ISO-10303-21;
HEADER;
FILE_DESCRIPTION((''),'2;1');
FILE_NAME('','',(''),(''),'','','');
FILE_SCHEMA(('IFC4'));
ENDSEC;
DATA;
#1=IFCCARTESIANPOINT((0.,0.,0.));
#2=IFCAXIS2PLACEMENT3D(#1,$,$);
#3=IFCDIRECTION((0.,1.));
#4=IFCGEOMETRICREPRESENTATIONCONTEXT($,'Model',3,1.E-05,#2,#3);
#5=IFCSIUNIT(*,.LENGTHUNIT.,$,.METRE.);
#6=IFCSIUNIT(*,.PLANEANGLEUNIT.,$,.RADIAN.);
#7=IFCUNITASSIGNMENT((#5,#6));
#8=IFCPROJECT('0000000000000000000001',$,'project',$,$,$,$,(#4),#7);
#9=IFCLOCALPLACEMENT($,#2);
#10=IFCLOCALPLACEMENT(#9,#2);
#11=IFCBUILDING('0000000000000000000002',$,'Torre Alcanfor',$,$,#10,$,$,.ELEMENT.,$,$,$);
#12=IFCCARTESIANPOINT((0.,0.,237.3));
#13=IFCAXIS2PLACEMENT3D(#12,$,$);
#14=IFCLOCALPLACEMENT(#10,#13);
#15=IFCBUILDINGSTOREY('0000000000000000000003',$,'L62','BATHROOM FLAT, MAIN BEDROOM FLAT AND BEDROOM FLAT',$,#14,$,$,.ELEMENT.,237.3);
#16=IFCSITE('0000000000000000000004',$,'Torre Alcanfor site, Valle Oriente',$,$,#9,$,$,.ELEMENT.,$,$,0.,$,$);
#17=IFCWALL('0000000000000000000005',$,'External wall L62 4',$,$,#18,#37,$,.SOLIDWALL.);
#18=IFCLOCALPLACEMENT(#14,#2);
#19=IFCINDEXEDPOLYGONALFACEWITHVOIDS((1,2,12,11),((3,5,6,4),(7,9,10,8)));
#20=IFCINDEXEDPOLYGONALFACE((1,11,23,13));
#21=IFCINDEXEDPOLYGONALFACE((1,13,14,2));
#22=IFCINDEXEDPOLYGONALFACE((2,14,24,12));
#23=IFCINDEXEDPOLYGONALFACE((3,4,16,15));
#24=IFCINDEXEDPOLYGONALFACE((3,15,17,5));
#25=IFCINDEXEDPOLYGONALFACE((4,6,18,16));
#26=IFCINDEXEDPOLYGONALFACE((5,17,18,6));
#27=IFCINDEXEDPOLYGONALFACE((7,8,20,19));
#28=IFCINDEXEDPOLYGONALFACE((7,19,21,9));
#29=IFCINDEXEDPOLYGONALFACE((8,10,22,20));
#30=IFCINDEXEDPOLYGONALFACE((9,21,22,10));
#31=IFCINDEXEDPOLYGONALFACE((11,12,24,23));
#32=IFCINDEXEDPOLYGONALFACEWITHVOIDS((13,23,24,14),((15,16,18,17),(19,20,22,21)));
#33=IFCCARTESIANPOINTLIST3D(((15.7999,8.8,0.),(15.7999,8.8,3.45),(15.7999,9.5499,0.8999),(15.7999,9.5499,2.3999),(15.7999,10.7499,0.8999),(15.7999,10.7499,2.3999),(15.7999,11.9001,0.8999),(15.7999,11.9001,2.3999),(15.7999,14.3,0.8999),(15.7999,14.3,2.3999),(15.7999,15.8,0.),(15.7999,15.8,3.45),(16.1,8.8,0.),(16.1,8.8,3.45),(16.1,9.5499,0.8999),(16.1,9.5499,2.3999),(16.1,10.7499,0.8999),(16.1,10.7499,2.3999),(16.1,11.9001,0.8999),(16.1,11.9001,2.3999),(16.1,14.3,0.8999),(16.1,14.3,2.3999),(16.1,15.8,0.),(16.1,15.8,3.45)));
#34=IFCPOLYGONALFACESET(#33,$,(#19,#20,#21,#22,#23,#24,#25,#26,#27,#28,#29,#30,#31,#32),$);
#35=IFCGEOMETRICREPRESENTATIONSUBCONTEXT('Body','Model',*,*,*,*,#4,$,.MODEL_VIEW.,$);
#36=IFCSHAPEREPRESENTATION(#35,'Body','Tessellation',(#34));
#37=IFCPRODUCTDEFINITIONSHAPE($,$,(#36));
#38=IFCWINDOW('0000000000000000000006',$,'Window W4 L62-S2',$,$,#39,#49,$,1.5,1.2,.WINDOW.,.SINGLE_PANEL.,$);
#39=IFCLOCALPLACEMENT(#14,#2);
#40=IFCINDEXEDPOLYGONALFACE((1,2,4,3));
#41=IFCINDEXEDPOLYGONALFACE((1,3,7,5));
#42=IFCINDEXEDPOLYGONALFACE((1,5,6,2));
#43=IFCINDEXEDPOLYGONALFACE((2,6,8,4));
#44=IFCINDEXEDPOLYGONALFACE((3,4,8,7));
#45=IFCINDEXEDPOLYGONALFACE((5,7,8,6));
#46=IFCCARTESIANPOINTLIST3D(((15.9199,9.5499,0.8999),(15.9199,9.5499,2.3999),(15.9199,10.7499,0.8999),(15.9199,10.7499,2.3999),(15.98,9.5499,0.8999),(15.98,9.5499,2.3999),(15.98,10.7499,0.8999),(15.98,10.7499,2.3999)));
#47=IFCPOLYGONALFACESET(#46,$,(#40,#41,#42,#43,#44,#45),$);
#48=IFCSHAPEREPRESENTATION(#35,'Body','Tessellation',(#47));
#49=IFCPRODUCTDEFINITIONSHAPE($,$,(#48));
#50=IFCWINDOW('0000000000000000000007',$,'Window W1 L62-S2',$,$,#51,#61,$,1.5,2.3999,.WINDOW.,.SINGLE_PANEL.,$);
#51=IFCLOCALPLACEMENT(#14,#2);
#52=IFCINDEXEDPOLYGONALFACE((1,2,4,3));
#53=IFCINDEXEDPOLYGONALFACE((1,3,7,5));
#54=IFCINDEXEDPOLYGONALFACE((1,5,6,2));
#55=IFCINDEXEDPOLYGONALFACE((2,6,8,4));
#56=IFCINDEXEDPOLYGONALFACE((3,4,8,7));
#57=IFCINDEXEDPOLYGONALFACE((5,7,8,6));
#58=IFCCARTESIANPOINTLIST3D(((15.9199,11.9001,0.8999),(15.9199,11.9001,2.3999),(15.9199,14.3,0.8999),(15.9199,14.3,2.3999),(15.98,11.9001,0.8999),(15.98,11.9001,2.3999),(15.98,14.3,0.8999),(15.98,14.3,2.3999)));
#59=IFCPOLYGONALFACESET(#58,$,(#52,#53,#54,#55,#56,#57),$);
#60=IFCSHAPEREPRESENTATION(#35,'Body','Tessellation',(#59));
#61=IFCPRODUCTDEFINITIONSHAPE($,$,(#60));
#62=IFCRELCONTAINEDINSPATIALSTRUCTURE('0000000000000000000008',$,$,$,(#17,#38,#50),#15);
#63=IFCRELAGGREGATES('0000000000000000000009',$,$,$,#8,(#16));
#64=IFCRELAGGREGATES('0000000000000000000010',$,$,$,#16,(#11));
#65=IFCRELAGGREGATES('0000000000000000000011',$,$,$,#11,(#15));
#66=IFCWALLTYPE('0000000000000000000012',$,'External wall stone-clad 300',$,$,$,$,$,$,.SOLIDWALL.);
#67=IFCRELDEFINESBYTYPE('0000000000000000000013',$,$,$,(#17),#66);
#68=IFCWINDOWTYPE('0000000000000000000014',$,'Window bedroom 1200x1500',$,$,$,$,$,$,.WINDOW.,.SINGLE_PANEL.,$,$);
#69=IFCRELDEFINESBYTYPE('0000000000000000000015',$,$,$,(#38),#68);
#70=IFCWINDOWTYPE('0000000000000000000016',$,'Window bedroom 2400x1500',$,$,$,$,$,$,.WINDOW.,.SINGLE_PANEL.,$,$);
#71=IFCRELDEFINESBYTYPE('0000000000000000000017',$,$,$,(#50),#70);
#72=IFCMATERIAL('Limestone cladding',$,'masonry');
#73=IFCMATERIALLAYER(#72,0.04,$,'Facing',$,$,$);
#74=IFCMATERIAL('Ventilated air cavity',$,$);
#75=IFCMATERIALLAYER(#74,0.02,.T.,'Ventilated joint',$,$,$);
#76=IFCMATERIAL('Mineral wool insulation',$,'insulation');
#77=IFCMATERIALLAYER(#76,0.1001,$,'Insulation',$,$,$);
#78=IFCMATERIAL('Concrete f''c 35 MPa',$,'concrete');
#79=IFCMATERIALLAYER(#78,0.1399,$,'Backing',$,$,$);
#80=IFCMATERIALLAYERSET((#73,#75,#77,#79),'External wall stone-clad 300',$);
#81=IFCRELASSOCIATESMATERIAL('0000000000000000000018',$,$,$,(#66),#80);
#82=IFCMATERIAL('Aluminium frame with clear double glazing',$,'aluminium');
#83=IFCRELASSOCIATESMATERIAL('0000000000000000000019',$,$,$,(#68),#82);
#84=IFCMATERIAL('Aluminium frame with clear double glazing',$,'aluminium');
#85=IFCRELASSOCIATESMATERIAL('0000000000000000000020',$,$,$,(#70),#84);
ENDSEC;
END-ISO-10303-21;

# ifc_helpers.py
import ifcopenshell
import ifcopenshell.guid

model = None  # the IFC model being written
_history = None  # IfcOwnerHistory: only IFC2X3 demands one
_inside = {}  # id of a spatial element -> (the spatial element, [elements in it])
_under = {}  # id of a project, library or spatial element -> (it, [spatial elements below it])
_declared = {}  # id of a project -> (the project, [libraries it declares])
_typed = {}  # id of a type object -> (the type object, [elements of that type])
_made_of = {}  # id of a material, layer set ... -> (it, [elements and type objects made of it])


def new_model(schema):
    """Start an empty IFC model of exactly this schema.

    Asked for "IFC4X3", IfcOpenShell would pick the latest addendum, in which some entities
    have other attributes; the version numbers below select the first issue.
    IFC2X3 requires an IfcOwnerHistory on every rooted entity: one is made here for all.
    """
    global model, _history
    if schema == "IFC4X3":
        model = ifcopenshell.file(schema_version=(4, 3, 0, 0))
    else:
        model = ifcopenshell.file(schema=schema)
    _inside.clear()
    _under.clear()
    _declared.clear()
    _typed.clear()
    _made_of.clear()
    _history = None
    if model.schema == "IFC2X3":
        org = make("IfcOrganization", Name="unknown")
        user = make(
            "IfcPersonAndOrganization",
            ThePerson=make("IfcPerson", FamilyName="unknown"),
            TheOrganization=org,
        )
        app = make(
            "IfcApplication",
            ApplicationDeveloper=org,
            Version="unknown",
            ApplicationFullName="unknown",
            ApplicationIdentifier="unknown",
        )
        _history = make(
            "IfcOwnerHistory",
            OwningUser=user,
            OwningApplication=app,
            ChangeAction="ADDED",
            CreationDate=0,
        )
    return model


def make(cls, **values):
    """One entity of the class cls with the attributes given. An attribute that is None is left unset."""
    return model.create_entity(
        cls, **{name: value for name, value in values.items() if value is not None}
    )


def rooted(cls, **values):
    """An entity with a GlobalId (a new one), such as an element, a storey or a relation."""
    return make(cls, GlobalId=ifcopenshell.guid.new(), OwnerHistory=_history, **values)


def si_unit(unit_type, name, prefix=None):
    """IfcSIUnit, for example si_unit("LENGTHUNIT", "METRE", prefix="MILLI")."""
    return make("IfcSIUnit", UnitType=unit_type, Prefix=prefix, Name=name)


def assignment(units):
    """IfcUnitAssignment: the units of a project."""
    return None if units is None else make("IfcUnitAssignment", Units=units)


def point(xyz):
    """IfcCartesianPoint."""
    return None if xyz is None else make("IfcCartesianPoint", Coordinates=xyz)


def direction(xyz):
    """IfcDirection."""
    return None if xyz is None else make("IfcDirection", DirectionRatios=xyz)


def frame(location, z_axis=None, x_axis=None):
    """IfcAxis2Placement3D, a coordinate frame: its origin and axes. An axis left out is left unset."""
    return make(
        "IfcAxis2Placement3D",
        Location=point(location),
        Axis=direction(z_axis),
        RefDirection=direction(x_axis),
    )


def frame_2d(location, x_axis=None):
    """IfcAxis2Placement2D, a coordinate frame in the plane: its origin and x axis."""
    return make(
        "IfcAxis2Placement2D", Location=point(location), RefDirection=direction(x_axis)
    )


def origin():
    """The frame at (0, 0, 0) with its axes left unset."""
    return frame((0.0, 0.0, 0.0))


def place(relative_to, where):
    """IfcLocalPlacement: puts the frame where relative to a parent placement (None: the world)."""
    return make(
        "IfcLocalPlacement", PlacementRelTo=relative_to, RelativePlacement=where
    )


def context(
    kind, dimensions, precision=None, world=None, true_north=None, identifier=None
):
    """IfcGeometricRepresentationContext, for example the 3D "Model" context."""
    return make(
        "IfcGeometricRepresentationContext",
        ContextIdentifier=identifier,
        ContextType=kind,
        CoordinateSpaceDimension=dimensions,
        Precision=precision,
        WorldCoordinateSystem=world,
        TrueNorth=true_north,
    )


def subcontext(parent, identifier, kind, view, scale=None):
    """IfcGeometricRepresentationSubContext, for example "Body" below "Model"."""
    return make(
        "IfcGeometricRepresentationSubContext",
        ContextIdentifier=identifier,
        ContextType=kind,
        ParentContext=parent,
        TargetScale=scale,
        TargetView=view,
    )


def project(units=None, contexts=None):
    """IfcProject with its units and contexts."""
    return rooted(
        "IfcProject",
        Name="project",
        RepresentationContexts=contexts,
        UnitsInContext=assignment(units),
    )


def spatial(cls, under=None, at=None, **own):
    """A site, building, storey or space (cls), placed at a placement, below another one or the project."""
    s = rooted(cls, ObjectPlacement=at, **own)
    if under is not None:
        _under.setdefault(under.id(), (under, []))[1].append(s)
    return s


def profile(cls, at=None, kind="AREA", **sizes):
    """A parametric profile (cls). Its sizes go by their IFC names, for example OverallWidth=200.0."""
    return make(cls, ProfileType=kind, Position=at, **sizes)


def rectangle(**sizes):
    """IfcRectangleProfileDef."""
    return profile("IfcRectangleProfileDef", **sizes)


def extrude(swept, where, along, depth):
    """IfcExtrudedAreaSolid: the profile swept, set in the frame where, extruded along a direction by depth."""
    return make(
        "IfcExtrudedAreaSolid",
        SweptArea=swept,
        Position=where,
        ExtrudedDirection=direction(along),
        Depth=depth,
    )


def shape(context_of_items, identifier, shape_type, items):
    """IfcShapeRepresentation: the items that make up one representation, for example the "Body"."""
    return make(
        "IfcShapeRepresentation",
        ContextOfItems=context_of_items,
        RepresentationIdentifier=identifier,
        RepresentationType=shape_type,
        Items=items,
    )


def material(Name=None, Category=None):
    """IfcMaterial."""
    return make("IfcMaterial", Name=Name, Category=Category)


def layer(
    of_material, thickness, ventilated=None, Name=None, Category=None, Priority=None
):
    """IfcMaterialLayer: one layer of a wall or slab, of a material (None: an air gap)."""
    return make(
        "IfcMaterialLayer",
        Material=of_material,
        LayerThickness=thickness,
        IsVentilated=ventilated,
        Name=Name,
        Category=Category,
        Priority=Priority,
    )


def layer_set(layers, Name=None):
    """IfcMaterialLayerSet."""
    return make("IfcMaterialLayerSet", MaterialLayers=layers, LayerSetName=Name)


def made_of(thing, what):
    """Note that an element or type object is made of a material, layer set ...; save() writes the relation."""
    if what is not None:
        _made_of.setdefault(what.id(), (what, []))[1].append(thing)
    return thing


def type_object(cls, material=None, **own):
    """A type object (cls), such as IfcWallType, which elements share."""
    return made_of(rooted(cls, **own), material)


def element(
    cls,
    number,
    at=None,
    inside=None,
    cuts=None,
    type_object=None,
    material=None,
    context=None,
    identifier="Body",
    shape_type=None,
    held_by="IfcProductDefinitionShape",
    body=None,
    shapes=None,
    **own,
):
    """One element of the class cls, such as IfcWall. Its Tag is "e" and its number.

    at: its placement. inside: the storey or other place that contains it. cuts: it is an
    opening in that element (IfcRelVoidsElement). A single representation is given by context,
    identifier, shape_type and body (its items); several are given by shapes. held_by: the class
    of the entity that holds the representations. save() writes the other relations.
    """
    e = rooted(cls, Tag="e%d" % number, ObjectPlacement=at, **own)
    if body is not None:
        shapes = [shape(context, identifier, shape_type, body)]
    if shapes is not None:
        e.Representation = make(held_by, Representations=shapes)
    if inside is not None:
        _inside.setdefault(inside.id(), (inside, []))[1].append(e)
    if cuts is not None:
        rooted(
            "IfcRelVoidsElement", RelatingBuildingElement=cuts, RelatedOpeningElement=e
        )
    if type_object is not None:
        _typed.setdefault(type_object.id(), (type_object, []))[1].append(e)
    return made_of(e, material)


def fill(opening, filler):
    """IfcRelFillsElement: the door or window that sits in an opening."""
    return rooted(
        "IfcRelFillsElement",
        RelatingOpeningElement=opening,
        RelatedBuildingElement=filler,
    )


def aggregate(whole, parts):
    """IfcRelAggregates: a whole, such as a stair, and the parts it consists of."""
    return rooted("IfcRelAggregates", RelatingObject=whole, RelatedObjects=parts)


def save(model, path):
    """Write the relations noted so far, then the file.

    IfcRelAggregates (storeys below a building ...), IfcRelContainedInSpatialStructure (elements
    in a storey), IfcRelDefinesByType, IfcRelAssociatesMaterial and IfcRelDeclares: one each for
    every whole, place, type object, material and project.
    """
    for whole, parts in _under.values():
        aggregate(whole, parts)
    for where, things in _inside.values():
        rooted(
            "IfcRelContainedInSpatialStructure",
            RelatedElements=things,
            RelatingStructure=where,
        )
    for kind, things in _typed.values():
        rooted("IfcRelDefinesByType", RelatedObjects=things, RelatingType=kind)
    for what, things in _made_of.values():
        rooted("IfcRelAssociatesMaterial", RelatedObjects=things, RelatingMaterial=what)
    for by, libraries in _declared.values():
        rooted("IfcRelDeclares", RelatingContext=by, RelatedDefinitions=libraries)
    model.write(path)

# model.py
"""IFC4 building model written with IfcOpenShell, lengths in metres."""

from ifc_helpers import new_model, si_unit, direction, frame, frame_2d, origin, place, context, subcontext, project, spatial, rectangle, extrude, material, layer, layer_set, type_object, element, fill, save


model = new_model("IFC4")

# Units and contexts
model_context = context("Model", 3, precision=1e-05, world=origin(), true_north=direction((0.0, 1.0)))
body_context = subcontext(model_context, "Body", "Model", "MODEL_VIEW")
ifc_project = project(units=[si_unit("LENGTHUNIT", "METRE"), si_unit("PLANEANGLEUNIT", "RADIAN")], contexts=[model_context])

# Site, building, storey
site_placement = place(None, origin())
site = spatial("IfcSite", under=ifc_project, at=site_placement, Name="Torre Alcanfor site, Valle Oriente", CompositionType="ELEMENT", RefElevation=0.0)
building_placement = place(site_placement, origin())
building = spatial("IfcBuilding", under=site, at=building_placement, Name="Torre Alcanfor", CompositionType="ELEMENT")
storey_placement = place(building_placement, frame((0.0, 0.0, 237.3)))
storey = spatial("IfcBuildingStorey", under=building, at=storey_placement, Name="L62", Description="BATHROOM FLAT, MAIN BEDROOM FLAT AND BEDROOM FLAT", CompositionType="ELEMENT", Elevation=237.3)

# Shared definitions
ifc_material_1 = material(Name="Limestone cladding", Category="masonry")
ifc_layer_1 = layer(ifc_material_1, 0.04, Name="Facing")
ifc_material_2 = material(Name="Ventilated air cavity")
ifc_layer_2 = layer(ifc_material_2, 0.02, ventilated=True, Name="Ventilated joint")
ifc_material_3 = material(Name="Mineral wool insulation", Category="insulation")
ifc_layer_3 = layer(ifc_material_3, 0.1001, Name="Insulation")
ifc_material_4 = material(Name="Concrete f'c 35 MPa", Category="concrete")
ifc_layer_4 = layer(ifc_material_4, 0.1399, Name="Backing")
ifc_layer_set_1 = layer_set([ifc_layer_1, ifc_layer_2, ifc_layer_3, ifc_layer_4], Name="External wall stone-clad 300")
wall_type_1 = type_object("IfcWallType", Name="External wall stone-clad 300", PredefinedType="SOLIDWALL", material=ifc_layer_set_1)
ifc_material_5 = material(Name="Aluminium frame with clear double glazing", Category="aluminium")
window_type_1 = type_object("IfcWindowType", Name="Window bedroom 1200x1500", PartitioningType="SINGLE_PANEL", PredefinedType="WINDOW", material=ifc_material_5)

# Wall, openings, windows
wall_1_placement = place(storey_placement, frame((15.95, 15.8, 0.0), z_axis=(0.0, 0.0, 1.0), x_axis=(0.0, -1.0, 0.0)))
wall_1 = element("IfcWall", 1, at=wall_1_placement, inside=storey, type_object=wall_type_1, Name="External wall L62 4", PredefinedType="SOLIDWALL", context=body_context, shape_type="SweptSolid", body=[
    extrude(rectangle(XDim=7.0, YDim=0.3, at=frame_2d((3.5, 0.0))), origin(), (0.0, 0.0, 1.0), 3.45),
])
opening_1_placement = place(wall_1_placement, frame((1.5, 0.0, 0.8999)))
opening_1 = element("IfcOpeningElement", 2, at=opening_1_placement, cuts=wall_1, PredefinedType="OPENING", context=body_context, shape_type="SweptSolid", body=[
    extrude(rectangle(XDim=2.3999, YDim=1.5, at=frame_2d((1.2, 0.75))), frame((0.0, 0.1599, 0.0), z_axis=(0.0, -1.0, 0.0), x_axis=(1.0, 0.0, 0.0)), (0.0, 0.0, 1.0), 0.3201),
])
opening_2_placement = place(wall_1_placement, frame((5.05, 0.0, 0.8999)))
opening_2 = element("IfcOpeningElement", 3, at=opening_2_placement, cuts=wall_1, PredefinedType="OPENING", context=body_context, shape_type="SweptSolid", body=[
    extrude(rectangle(XDim=1.2, YDim=1.5, at=frame_2d((0.6001, 0.75))), frame((0.0, 0.1599, 0.0), z_axis=(0.0, -1.0, 0.0), x_axis=(1.0, 0.0, 0.0)), (0.0, 0.0, 1.0), 0.3201),
])
window_1_placement = place(opening_2_placement, origin())
window_1 = element("IfcWindow", 4, at=window_1_placement, inside=storey, type_object=window_type_1, Name="Window W4 L62-S2", OverallHeight=1.5, OverallWidth=1.2, PartitioningType="SINGLE_PANEL", PredefinedType="WINDOW", context=body_context, shape_type="SweptSolid", body=[
    extrude(rectangle(XDim=1.2, YDim=1.5, at=frame_2d((0.6001, 0.75))), frame((0.0, 0.03, 0.0), z_axis=(0.0, -1.0, 0.0), x_axis=(1.0, 0.0, 0.0)), (0.0, 0.0, 1.0), 0.0601),
])
fill(opening_2, window_1)
ifc_material_6 = material(Name="Aluminium frame with clear double glazing", Category="aluminium")
window_type_2 = type_object("IfcWindowType", Name="Window bedroom 2400x1500", PartitioningType="SINGLE_PANEL", PredefinedType="WINDOW", material=ifc_material_6)
window_2_placement = place(opening_1_placement, origin())
window_2 = element("IfcWindow", 5, at=window_2_placement, inside=storey, type_object=window_type_2, Name="Window W1 L62-S2", OverallHeight=1.5, OverallWidth=2.3999, PartitioningType="SINGLE_PANEL", PredefinedType="WINDOW", context=body_context, shape_type="SweptSolid", body=[
    extrude(rectangle(XDim=2.3999, YDim=1.5, at=frame_2d((1.2, 0.75))), frame((0.0, 0.03, 0.0), z_axis=(0.0, -1.0, 0.0), x_axis=(1.0, 0.0, 0.0)), (0.0, 0.0, 1.0), 0.0601),
])
fill(opening_1, window_2)

save(model, "model.ifc")
